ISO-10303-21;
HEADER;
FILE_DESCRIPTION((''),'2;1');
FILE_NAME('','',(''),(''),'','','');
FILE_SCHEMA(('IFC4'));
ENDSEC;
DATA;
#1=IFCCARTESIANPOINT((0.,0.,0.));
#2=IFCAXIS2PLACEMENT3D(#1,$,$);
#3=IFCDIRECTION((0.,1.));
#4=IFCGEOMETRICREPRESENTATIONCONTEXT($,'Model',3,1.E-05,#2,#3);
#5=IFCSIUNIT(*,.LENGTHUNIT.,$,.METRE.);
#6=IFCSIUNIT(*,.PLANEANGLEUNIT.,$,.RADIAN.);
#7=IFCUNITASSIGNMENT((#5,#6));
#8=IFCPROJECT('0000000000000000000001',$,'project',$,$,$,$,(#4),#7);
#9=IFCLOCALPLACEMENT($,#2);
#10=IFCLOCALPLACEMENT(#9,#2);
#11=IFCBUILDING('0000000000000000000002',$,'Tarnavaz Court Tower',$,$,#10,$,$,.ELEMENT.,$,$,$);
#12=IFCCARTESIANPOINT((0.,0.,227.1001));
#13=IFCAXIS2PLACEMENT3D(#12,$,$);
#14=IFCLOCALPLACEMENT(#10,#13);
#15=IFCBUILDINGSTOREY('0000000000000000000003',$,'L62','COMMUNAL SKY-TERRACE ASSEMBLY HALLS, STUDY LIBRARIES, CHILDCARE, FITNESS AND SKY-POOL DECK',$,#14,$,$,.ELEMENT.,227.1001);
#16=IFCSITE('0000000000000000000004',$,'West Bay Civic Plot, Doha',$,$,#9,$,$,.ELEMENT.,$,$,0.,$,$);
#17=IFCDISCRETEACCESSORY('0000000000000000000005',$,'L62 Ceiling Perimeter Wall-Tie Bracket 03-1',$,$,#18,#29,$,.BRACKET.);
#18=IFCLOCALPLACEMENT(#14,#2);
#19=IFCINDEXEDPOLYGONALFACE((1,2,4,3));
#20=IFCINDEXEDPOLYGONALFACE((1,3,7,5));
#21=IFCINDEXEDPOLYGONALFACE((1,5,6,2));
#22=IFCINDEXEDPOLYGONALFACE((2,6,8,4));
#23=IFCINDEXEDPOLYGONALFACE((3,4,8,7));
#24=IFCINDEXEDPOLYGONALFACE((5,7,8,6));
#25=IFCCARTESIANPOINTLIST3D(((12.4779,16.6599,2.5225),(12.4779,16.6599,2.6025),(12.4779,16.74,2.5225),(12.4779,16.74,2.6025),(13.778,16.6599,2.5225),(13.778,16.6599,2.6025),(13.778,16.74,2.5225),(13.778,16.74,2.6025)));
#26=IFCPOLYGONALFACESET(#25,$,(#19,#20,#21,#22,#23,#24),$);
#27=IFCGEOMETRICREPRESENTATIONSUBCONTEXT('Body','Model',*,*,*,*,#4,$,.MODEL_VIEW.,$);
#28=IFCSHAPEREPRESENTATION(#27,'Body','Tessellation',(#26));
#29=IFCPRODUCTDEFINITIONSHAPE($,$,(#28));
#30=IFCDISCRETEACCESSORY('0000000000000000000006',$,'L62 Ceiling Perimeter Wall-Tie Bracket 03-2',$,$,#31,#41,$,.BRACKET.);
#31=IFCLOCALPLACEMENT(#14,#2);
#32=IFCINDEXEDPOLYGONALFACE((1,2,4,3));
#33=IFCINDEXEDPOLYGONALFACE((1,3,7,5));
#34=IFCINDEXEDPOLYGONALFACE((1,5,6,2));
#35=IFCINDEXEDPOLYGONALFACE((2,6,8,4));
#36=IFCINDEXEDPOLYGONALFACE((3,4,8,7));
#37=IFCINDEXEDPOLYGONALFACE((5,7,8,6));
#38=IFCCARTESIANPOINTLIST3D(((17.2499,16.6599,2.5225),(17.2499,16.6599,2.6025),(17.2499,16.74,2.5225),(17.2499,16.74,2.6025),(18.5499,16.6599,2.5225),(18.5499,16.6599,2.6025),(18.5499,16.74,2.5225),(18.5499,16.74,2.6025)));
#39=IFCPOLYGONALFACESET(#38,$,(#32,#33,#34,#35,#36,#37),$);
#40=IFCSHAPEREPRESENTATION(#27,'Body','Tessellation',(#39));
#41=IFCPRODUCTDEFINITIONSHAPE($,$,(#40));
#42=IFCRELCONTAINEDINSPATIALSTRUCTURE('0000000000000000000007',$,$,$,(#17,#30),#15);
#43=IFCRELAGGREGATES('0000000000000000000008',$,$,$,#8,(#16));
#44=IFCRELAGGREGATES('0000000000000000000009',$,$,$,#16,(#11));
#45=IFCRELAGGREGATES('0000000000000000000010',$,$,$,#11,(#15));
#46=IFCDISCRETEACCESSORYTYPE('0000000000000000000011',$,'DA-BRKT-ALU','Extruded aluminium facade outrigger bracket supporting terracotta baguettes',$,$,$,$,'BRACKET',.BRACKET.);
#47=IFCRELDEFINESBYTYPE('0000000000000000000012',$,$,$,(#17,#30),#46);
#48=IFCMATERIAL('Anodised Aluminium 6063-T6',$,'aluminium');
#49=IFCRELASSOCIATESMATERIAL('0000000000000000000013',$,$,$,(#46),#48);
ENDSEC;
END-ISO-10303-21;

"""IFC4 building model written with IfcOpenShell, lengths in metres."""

from ifc_helpers import new_model, si_unit, direction, frame, origin, origin_2d, place, context, subcontext, project, spatial, rectangle, extrude, material, type_object, element, save


model = new_model("IFC4")

# Units and contexts
model_context = context("Model", 3, precision=1e-05, world=origin(), true_north=direction((0.0, 1.0)))
body_context = subcontext(model_context, "Body", "Model", "MODEL_VIEW")
ifc_project = project(units=[si_unit("LENGTHUNIT", "METRE"), si_unit("PLANEANGLEUNIT", "RADIAN")], contexts=[model_context])

# Site, building, storey
site_placement = place(None, origin())
site = spatial("IfcSite", under=ifc_project, at=site_placement, Name="West Bay Civic Plot, Doha", CompositionType="ELEMENT", RefElevation=0.0)
building_placement = place(site_placement, origin())
building = spatial("IfcBuilding", under=site, at=building_placement, Name="Tarnavaz Court Tower", CompositionType="ELEMENT")
storey_placement = place(building_placement, frame((0.0, 0.0, 227.1001)))
storey = spatial("IfcBuildingStorey", under=building, at=storey_placement, Name="L62", Description="COMMUNAL SKY-TERRACE ASSEMBLY HALLS, STUDY LIBRARIES, CHILDCARE, FITNESS AND SKY-POOL DECK", CompositionType="ELEMENT", Elevation=227.1001)

# Discrete accessories
ifc_material_1 = material(Name="Anodised Aluminium 6063-T6", Category="aluminium")
discrete_accessory_type = type_object("IfcDiscreteAccessoryType", Name="DA-BRKT-ALU", Description="Extruded aluminium facade outrigger bracket supporting terracotta baguettes", ElementType="BRACKET", PredefinedType="BRACKET", material=ifc_material_1)
for number, where, z_axis, x_axis, name in (
    (1, (13.1279, 16.7, 2.5225), (0.0, 0.0, 1.0), (1.0, 0.0, 0.0), "L62 Ceiling Perimeter Wall-Tie Bracket 03-1"),
    (2, (17.8999, 16.7, 2.5225), (0.0, 0.0, 1.0), (1.0, 0.0, 0.0), "L62 Ceiling Perimeter Wall-Tie Bracket 03-2"),
):
    element("IfcDiscreteAccessory", number, at=place(storey_placement, frame(where, z_axis=z_axis, x_axis=x_axis)), inside=storey, type_object=discrete_accessory_type, Name=name, PredefinedType="BRACKET", context=body_context, shape_type="SweptSolid", body=[
        extrude(rectangle(XDim=1.3, YDim=0.0801, at=origin_2d()), origin(), (0.0, 0.0, 1.0), 0.0801),
    ])

save(model, "model.ifc")
